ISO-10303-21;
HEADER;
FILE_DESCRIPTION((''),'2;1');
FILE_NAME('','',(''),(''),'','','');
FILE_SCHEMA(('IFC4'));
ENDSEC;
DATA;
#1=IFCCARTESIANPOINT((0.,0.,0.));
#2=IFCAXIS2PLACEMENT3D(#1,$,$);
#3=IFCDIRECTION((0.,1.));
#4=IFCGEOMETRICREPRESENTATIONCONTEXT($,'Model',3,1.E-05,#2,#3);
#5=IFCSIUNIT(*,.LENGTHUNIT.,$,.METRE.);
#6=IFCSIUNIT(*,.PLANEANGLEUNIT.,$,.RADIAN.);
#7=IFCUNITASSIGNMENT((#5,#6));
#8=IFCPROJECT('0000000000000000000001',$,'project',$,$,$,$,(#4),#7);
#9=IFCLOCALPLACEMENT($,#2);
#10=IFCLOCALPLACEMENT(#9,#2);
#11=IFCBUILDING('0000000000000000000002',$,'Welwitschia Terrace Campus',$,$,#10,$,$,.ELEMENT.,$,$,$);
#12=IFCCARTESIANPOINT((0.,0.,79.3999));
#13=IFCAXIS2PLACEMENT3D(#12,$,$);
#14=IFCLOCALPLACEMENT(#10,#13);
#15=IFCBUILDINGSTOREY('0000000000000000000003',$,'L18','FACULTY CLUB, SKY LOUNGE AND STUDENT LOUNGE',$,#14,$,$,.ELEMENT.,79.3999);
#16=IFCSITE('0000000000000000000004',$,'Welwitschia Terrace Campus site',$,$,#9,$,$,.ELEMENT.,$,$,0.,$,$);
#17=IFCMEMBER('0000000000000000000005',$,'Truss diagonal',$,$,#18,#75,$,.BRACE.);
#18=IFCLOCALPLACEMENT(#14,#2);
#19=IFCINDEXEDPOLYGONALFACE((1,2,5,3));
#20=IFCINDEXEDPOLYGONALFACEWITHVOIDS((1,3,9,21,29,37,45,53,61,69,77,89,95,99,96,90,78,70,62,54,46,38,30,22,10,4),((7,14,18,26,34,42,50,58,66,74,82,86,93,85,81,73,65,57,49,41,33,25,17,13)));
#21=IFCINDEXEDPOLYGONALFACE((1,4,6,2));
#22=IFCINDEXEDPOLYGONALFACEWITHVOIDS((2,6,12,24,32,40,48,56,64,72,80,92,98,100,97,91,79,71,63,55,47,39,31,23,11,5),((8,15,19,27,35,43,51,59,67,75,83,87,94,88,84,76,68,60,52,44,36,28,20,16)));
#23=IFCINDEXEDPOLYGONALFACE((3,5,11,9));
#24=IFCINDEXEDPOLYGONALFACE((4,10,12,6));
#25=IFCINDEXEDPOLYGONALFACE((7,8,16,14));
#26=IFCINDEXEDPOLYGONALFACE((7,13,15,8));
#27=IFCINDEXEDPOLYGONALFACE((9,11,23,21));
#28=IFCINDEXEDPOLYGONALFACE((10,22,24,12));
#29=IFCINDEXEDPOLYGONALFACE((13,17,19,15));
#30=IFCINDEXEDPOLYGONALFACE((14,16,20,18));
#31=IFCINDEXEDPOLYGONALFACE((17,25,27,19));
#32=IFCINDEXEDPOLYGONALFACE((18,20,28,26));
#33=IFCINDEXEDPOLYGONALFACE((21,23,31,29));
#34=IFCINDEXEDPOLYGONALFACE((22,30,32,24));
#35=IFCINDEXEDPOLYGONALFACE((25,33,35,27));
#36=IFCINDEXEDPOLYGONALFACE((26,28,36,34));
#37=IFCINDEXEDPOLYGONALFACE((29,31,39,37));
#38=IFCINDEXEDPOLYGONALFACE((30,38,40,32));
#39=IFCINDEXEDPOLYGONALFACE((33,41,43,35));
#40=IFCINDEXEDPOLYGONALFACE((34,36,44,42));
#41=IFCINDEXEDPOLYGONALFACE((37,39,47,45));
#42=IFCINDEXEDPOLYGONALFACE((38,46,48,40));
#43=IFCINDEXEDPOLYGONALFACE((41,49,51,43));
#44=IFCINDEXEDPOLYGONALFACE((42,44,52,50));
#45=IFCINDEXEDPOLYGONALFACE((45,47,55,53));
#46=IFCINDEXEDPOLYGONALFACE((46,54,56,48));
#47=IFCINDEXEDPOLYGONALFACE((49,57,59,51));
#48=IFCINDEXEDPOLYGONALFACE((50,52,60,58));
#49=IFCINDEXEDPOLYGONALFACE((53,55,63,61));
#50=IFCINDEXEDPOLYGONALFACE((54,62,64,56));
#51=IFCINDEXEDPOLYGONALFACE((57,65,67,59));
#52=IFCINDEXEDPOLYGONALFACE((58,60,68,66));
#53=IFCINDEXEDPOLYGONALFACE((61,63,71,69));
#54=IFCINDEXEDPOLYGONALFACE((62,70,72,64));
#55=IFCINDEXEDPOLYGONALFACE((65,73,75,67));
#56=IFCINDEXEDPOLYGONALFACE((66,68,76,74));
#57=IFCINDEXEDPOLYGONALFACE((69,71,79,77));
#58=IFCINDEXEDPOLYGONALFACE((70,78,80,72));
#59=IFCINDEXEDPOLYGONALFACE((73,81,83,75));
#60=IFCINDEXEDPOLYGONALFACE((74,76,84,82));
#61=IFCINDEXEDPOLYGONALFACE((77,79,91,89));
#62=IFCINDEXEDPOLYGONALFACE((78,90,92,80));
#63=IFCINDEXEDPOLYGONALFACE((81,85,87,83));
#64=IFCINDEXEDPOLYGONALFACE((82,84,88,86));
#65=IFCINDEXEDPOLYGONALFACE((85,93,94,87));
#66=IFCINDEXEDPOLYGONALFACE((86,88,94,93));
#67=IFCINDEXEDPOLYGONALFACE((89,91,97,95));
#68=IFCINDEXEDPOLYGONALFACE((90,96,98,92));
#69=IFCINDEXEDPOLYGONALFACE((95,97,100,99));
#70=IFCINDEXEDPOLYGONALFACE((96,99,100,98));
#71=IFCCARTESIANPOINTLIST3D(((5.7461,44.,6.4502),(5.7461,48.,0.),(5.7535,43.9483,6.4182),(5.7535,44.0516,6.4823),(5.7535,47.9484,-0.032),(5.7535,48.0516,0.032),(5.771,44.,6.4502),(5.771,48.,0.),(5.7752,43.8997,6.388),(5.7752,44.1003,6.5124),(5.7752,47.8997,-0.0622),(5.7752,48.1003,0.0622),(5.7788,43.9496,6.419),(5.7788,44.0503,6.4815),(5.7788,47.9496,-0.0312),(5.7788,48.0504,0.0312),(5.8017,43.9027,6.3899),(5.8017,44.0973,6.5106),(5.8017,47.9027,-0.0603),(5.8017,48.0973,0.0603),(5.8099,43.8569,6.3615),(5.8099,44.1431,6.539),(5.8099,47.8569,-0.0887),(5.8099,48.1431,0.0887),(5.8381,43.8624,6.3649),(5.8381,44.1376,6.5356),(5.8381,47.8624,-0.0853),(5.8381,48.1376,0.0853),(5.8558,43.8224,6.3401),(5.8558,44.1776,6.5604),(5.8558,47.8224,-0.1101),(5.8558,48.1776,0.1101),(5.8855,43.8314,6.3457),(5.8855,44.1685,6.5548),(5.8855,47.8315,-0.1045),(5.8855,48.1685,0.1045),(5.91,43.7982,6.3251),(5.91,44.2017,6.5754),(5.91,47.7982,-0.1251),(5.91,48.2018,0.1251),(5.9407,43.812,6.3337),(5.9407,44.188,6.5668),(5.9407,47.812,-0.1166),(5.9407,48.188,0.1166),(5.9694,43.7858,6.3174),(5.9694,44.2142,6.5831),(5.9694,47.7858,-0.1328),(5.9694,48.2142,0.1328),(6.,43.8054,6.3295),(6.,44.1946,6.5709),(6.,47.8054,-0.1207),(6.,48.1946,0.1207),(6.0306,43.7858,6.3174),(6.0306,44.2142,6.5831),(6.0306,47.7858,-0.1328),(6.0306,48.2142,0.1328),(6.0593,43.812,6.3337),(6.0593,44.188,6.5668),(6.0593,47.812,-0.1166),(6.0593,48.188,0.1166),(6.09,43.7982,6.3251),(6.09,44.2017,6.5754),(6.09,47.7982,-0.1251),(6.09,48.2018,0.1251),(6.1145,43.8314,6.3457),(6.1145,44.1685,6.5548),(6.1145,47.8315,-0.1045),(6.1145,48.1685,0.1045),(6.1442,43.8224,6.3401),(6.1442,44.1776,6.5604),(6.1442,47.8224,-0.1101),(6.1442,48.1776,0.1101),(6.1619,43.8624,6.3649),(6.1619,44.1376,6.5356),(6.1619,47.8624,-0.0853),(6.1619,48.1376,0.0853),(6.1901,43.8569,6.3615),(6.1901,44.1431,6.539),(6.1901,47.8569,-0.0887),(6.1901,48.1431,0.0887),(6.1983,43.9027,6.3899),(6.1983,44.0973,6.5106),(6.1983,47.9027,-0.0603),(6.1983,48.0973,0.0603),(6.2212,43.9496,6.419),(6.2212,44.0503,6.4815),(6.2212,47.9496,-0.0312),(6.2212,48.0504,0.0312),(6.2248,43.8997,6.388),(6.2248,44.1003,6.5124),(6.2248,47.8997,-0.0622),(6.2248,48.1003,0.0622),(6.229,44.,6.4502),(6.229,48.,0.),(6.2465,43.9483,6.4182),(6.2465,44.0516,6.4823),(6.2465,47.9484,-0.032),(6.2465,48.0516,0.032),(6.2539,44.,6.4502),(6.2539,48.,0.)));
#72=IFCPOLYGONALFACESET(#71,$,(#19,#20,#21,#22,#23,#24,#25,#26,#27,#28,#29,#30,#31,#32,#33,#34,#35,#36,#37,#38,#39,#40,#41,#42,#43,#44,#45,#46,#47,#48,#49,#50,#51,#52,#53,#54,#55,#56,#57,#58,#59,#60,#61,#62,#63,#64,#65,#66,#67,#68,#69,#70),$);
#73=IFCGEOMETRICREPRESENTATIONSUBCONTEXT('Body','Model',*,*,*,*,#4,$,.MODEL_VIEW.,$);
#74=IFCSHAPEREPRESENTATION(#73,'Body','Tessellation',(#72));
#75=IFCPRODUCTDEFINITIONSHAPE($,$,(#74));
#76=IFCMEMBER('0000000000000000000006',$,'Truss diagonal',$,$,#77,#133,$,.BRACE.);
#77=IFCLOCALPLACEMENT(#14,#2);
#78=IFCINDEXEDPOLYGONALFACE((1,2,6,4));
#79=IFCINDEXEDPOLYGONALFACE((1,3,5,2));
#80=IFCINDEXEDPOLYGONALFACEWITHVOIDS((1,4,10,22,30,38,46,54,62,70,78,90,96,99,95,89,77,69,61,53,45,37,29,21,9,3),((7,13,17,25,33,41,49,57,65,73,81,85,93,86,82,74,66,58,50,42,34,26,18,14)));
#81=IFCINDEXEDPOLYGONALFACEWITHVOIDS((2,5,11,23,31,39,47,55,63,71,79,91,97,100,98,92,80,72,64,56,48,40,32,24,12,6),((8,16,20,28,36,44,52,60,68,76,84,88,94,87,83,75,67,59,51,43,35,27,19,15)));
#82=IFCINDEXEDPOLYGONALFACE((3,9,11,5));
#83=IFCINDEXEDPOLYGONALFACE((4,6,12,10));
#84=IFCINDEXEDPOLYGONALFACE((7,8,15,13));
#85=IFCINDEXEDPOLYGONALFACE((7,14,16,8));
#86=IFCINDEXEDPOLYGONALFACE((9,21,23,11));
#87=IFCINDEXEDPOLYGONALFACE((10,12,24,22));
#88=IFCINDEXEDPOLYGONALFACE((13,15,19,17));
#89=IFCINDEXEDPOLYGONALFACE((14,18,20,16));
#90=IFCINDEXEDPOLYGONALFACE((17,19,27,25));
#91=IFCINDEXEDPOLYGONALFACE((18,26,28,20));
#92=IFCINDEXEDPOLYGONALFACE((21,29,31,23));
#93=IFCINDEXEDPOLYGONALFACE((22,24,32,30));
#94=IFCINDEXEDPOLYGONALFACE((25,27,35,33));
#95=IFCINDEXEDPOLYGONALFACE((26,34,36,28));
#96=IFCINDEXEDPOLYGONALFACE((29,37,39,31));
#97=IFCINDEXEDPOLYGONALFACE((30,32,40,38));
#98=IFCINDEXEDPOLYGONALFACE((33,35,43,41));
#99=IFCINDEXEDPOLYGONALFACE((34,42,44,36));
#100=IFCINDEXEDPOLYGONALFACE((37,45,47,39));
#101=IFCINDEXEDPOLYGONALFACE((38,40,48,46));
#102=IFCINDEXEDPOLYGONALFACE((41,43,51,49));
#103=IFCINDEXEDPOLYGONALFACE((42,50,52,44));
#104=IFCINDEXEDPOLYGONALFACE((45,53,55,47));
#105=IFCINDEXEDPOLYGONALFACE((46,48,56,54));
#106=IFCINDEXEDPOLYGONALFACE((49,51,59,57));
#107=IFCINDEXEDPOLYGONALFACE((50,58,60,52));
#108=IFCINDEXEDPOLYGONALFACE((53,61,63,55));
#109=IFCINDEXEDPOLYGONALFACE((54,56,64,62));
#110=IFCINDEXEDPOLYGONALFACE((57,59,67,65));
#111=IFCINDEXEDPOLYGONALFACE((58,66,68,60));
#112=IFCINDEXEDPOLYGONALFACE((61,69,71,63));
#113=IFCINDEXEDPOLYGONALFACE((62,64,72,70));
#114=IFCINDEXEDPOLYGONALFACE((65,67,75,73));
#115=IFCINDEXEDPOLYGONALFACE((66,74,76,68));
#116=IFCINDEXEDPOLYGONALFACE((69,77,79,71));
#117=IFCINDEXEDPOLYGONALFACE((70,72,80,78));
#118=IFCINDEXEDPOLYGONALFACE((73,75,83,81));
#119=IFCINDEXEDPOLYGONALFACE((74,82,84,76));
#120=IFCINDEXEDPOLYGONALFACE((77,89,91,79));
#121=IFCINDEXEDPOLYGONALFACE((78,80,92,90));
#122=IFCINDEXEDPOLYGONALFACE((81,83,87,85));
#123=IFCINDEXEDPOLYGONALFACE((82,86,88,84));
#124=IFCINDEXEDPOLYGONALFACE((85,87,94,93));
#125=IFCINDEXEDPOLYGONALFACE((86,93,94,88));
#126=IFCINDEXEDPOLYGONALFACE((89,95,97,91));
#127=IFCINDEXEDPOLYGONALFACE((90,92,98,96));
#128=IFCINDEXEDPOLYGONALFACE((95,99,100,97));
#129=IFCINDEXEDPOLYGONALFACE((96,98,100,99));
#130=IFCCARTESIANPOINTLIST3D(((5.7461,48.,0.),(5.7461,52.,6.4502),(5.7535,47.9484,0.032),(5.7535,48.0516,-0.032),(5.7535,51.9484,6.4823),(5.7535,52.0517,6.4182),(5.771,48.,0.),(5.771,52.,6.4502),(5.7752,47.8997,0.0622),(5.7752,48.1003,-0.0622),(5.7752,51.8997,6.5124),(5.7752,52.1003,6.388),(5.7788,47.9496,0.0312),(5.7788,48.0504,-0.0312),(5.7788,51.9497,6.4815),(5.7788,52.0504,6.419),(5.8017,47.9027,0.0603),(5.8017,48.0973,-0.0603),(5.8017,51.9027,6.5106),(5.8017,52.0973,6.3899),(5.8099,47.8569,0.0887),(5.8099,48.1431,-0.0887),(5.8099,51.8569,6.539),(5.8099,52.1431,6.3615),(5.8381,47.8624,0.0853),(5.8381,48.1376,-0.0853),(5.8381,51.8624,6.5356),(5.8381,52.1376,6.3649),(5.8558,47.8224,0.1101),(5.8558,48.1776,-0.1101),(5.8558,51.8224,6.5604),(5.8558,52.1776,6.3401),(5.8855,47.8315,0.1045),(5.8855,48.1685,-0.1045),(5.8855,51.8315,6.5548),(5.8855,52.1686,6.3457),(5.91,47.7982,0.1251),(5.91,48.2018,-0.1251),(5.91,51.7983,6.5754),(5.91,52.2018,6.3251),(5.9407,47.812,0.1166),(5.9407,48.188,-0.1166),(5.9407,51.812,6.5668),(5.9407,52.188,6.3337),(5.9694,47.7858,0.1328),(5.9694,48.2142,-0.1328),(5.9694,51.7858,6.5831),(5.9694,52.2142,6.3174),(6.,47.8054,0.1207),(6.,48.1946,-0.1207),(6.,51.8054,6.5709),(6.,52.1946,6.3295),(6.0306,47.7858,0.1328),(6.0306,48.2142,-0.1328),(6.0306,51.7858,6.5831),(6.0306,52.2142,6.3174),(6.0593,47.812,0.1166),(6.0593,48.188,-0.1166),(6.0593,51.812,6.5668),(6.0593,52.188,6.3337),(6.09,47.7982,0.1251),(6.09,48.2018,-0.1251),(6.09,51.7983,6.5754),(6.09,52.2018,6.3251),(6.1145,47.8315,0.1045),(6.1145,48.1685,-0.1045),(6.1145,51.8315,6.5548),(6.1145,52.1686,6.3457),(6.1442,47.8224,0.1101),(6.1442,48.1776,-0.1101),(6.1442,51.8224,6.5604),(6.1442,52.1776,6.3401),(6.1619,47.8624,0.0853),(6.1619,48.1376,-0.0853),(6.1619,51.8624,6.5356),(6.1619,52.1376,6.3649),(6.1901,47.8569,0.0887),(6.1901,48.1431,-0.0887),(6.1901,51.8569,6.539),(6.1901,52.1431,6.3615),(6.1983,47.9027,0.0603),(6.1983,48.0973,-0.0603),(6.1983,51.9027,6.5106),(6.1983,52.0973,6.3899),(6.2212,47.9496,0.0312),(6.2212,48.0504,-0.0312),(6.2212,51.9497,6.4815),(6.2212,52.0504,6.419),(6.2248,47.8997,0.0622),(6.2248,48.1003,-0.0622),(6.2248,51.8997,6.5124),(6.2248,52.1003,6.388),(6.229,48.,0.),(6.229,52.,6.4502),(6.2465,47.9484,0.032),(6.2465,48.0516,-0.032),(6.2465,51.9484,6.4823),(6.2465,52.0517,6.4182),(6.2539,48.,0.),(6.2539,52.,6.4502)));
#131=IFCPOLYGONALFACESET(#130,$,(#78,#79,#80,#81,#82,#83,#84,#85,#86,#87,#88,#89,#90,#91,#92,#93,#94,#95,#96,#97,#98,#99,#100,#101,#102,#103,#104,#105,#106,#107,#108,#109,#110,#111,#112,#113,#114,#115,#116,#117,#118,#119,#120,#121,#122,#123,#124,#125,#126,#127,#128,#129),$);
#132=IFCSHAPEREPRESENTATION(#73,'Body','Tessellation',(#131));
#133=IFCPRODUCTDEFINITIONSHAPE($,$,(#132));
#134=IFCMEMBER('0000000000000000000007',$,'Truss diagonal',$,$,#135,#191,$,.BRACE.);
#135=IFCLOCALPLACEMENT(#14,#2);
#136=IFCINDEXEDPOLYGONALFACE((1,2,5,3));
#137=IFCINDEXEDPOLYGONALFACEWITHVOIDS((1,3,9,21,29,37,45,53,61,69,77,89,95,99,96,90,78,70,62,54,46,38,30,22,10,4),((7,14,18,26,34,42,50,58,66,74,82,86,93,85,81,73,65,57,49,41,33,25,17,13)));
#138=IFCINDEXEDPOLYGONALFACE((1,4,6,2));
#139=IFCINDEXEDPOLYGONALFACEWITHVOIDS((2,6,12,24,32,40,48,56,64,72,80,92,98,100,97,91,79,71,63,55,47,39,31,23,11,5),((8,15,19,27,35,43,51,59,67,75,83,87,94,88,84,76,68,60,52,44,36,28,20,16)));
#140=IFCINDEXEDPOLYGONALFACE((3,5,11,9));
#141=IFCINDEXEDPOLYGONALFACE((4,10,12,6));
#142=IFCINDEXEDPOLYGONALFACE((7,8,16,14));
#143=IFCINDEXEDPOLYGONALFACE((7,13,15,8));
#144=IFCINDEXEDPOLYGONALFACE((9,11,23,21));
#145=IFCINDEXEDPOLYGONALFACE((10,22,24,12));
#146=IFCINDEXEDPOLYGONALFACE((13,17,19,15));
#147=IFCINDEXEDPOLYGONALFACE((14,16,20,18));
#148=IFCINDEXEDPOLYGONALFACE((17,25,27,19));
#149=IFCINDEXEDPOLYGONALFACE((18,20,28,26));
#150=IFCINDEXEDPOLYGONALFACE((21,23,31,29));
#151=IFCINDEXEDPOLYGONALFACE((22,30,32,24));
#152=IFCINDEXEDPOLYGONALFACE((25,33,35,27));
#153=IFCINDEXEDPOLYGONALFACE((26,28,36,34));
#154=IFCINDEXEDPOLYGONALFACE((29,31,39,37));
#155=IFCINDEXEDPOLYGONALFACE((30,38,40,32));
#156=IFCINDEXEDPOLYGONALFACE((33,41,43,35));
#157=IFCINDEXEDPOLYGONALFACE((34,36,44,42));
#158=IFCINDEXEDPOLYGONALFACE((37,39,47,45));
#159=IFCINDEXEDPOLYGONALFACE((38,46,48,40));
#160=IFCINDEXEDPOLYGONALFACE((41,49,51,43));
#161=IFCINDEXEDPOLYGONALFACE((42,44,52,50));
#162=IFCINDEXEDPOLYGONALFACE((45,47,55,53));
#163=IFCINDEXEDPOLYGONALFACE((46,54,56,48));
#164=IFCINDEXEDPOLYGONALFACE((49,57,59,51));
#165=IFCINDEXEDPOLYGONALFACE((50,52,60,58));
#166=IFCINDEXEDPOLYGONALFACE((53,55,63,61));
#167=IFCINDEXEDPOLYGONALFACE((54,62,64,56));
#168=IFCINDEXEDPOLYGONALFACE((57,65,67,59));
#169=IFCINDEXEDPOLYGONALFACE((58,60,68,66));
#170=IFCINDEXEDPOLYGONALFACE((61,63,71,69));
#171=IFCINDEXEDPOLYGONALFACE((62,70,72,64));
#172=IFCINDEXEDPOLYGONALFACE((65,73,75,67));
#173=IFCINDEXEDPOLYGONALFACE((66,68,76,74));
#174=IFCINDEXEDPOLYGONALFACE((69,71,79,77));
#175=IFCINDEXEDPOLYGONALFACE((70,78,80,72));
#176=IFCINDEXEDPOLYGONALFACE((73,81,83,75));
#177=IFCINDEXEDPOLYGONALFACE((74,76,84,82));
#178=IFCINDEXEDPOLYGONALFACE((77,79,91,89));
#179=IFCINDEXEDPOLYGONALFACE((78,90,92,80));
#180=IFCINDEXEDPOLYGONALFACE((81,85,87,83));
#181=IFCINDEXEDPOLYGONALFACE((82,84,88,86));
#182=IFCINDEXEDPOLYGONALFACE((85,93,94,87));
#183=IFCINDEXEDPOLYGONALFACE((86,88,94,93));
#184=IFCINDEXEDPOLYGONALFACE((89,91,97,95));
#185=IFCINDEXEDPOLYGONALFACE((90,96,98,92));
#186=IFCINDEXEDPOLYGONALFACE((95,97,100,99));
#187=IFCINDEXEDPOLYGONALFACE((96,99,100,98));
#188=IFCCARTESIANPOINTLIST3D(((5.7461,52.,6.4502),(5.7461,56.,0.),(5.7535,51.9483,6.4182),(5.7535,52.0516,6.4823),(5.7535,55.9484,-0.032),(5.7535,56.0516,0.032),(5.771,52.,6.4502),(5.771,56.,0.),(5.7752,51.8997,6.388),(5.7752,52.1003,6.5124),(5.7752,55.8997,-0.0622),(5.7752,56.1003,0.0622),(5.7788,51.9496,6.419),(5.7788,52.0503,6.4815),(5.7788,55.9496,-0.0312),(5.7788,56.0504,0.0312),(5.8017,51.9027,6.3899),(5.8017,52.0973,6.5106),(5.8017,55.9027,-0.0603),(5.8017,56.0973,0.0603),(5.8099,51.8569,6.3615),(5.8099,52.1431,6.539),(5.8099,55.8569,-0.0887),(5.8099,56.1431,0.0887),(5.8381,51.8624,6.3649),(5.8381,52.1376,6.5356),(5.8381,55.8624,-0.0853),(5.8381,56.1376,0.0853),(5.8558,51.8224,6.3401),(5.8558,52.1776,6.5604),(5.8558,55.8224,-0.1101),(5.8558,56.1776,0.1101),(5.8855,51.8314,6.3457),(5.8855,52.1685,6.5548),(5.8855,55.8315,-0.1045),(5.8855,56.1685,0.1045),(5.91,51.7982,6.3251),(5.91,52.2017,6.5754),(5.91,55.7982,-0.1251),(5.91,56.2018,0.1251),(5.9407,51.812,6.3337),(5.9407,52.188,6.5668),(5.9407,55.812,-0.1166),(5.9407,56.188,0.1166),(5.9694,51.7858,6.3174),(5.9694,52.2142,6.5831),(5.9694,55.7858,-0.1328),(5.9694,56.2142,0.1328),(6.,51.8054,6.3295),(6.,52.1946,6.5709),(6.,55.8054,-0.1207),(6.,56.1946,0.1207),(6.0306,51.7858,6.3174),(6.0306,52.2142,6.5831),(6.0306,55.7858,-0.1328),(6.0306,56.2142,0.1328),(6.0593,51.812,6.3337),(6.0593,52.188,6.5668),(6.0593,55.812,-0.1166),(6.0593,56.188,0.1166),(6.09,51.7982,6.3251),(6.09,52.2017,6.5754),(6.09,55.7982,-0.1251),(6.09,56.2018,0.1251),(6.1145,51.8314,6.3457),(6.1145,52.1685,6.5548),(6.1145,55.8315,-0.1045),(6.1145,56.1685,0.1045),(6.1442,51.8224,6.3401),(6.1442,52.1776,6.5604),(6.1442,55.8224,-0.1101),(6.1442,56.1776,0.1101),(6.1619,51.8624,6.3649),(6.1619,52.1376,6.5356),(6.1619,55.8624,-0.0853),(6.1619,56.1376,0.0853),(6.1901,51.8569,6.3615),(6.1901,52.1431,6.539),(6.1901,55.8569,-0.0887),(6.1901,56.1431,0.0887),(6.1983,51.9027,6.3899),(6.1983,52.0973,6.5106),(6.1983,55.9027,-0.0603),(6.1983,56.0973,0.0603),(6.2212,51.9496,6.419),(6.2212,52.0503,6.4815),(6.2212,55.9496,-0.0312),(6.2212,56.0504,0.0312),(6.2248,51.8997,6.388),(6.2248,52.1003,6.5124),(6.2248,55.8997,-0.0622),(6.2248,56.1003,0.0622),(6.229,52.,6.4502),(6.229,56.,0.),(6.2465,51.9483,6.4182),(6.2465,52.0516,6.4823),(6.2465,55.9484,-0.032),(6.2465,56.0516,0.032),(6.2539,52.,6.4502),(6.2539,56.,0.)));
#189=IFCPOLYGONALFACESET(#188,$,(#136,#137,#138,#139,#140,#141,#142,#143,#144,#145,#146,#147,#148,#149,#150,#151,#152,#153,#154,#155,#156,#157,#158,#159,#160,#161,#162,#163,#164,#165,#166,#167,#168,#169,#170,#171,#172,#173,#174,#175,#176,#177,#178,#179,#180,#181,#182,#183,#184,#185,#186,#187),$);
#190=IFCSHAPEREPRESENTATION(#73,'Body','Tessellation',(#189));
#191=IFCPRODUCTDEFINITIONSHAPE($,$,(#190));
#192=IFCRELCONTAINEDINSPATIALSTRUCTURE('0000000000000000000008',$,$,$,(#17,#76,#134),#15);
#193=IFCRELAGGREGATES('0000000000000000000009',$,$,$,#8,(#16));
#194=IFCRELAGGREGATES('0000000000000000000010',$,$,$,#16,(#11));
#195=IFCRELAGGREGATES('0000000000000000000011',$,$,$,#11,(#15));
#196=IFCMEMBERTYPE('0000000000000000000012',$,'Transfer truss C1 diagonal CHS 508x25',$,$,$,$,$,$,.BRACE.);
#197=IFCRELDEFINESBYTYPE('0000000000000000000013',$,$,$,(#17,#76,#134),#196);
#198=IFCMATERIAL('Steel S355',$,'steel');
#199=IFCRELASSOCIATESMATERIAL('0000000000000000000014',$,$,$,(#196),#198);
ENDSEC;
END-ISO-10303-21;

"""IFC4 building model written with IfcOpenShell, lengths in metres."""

from ifc_helpers import new_model, si_unit, direction, frame, origin, origin_2d, place, context, subcontext, project, spatial, hollow_circle, extrude, material, material_profile, profile_set, type_object, element, save


model = new_model("IFC4")

# Units and contexts
model_context = context("Model", 3, precision=1e-05, world=origin(), true_north=direction((0.0, 1.0)))
body_context = subcontext(model_context, "Body", "Model", "MODEL_VIEW")
ifc_project = project(units=[si_unit("LENGTHUNIT", "METRE"), si_unit("PLANEANGLEUNIT", "RADIAN")], contexts=[model_context])

# Site, building, storey
site_placement = place(None, origin())
site = spatial("IfcSite", under=ifc_project, at=site_placement, Name="Welwitschia Terrace Campus site", CompositionType="ELEMENT", RefElevation=0.0)
building_placement = place(site_placement, origin())
building = spatial("IfcBuilding", under=site, at=building_placement, Name="Welwitschia Terrace Campus", CompositionType="ELEMENT")
storey_placement = place(building_placement, frame((0.0, 0.0, 79.3999)))
storey = spatial("IfcBuildingStorey", under=building, at=storey_placement, Name="L18", Description="FACULTY CLUB, SKY LOUNGE AND STUDENT LOUNGE", CompositionType="ELEMENT", Elevation=79.3999)

# Members
ifc_material_1 = material(Name="Steel S355", Category="steel")
ifc_material_profile_1 = material_profile(ifc_material_1, hollow_circle(Radius=0.2539, WallThickness=0.0249, at=origin_2d()))
ifc_profile_set_1 = profile_set([ifc_material_profile_1], Name="Steel S355")
member_type_1 = type_object("IfcMemberType", Name="Transfer truss C1 diagonal CHS 508x25", PredefinedType="BRACE", material=ifc_profile_set_1)
for number, where, z_axis, x_axis, name in (
    (1, (6.0, 48.0, 0.0), (0.0, -0.527023, 0.849851), (1.0, 0.0, 0.0), "Truss diagonal"),
    (2, (6.0, 48.0, 0.0), (0.0, 0.527023, 0.849851), (-1.0, 0.0, 0.0), "Truss diagonal"),
    (3, (6.0, 56.0, 0.0), (0.0, -0.527023, 0.849851), (1.0, 0.0, 0.0), "Truss diagonal"),
):
    element("IfcMember", number, at=place(storey_placement, frame(where, z_axis=z_axis, x_axis=x_axis)), inside=storey, type_object=member_type_1, Name=name, PredefinedType="BRACE", context=body_context, shape_type="SweptSolid", body=[
        extrude(hollow_circle(Radius=0.2539, WallThickness=0.0249, at=origin_2d()), origin(), (0.0, 0.0, 1.0), 7.5898),
    ])

save(model, "model.ifc")
